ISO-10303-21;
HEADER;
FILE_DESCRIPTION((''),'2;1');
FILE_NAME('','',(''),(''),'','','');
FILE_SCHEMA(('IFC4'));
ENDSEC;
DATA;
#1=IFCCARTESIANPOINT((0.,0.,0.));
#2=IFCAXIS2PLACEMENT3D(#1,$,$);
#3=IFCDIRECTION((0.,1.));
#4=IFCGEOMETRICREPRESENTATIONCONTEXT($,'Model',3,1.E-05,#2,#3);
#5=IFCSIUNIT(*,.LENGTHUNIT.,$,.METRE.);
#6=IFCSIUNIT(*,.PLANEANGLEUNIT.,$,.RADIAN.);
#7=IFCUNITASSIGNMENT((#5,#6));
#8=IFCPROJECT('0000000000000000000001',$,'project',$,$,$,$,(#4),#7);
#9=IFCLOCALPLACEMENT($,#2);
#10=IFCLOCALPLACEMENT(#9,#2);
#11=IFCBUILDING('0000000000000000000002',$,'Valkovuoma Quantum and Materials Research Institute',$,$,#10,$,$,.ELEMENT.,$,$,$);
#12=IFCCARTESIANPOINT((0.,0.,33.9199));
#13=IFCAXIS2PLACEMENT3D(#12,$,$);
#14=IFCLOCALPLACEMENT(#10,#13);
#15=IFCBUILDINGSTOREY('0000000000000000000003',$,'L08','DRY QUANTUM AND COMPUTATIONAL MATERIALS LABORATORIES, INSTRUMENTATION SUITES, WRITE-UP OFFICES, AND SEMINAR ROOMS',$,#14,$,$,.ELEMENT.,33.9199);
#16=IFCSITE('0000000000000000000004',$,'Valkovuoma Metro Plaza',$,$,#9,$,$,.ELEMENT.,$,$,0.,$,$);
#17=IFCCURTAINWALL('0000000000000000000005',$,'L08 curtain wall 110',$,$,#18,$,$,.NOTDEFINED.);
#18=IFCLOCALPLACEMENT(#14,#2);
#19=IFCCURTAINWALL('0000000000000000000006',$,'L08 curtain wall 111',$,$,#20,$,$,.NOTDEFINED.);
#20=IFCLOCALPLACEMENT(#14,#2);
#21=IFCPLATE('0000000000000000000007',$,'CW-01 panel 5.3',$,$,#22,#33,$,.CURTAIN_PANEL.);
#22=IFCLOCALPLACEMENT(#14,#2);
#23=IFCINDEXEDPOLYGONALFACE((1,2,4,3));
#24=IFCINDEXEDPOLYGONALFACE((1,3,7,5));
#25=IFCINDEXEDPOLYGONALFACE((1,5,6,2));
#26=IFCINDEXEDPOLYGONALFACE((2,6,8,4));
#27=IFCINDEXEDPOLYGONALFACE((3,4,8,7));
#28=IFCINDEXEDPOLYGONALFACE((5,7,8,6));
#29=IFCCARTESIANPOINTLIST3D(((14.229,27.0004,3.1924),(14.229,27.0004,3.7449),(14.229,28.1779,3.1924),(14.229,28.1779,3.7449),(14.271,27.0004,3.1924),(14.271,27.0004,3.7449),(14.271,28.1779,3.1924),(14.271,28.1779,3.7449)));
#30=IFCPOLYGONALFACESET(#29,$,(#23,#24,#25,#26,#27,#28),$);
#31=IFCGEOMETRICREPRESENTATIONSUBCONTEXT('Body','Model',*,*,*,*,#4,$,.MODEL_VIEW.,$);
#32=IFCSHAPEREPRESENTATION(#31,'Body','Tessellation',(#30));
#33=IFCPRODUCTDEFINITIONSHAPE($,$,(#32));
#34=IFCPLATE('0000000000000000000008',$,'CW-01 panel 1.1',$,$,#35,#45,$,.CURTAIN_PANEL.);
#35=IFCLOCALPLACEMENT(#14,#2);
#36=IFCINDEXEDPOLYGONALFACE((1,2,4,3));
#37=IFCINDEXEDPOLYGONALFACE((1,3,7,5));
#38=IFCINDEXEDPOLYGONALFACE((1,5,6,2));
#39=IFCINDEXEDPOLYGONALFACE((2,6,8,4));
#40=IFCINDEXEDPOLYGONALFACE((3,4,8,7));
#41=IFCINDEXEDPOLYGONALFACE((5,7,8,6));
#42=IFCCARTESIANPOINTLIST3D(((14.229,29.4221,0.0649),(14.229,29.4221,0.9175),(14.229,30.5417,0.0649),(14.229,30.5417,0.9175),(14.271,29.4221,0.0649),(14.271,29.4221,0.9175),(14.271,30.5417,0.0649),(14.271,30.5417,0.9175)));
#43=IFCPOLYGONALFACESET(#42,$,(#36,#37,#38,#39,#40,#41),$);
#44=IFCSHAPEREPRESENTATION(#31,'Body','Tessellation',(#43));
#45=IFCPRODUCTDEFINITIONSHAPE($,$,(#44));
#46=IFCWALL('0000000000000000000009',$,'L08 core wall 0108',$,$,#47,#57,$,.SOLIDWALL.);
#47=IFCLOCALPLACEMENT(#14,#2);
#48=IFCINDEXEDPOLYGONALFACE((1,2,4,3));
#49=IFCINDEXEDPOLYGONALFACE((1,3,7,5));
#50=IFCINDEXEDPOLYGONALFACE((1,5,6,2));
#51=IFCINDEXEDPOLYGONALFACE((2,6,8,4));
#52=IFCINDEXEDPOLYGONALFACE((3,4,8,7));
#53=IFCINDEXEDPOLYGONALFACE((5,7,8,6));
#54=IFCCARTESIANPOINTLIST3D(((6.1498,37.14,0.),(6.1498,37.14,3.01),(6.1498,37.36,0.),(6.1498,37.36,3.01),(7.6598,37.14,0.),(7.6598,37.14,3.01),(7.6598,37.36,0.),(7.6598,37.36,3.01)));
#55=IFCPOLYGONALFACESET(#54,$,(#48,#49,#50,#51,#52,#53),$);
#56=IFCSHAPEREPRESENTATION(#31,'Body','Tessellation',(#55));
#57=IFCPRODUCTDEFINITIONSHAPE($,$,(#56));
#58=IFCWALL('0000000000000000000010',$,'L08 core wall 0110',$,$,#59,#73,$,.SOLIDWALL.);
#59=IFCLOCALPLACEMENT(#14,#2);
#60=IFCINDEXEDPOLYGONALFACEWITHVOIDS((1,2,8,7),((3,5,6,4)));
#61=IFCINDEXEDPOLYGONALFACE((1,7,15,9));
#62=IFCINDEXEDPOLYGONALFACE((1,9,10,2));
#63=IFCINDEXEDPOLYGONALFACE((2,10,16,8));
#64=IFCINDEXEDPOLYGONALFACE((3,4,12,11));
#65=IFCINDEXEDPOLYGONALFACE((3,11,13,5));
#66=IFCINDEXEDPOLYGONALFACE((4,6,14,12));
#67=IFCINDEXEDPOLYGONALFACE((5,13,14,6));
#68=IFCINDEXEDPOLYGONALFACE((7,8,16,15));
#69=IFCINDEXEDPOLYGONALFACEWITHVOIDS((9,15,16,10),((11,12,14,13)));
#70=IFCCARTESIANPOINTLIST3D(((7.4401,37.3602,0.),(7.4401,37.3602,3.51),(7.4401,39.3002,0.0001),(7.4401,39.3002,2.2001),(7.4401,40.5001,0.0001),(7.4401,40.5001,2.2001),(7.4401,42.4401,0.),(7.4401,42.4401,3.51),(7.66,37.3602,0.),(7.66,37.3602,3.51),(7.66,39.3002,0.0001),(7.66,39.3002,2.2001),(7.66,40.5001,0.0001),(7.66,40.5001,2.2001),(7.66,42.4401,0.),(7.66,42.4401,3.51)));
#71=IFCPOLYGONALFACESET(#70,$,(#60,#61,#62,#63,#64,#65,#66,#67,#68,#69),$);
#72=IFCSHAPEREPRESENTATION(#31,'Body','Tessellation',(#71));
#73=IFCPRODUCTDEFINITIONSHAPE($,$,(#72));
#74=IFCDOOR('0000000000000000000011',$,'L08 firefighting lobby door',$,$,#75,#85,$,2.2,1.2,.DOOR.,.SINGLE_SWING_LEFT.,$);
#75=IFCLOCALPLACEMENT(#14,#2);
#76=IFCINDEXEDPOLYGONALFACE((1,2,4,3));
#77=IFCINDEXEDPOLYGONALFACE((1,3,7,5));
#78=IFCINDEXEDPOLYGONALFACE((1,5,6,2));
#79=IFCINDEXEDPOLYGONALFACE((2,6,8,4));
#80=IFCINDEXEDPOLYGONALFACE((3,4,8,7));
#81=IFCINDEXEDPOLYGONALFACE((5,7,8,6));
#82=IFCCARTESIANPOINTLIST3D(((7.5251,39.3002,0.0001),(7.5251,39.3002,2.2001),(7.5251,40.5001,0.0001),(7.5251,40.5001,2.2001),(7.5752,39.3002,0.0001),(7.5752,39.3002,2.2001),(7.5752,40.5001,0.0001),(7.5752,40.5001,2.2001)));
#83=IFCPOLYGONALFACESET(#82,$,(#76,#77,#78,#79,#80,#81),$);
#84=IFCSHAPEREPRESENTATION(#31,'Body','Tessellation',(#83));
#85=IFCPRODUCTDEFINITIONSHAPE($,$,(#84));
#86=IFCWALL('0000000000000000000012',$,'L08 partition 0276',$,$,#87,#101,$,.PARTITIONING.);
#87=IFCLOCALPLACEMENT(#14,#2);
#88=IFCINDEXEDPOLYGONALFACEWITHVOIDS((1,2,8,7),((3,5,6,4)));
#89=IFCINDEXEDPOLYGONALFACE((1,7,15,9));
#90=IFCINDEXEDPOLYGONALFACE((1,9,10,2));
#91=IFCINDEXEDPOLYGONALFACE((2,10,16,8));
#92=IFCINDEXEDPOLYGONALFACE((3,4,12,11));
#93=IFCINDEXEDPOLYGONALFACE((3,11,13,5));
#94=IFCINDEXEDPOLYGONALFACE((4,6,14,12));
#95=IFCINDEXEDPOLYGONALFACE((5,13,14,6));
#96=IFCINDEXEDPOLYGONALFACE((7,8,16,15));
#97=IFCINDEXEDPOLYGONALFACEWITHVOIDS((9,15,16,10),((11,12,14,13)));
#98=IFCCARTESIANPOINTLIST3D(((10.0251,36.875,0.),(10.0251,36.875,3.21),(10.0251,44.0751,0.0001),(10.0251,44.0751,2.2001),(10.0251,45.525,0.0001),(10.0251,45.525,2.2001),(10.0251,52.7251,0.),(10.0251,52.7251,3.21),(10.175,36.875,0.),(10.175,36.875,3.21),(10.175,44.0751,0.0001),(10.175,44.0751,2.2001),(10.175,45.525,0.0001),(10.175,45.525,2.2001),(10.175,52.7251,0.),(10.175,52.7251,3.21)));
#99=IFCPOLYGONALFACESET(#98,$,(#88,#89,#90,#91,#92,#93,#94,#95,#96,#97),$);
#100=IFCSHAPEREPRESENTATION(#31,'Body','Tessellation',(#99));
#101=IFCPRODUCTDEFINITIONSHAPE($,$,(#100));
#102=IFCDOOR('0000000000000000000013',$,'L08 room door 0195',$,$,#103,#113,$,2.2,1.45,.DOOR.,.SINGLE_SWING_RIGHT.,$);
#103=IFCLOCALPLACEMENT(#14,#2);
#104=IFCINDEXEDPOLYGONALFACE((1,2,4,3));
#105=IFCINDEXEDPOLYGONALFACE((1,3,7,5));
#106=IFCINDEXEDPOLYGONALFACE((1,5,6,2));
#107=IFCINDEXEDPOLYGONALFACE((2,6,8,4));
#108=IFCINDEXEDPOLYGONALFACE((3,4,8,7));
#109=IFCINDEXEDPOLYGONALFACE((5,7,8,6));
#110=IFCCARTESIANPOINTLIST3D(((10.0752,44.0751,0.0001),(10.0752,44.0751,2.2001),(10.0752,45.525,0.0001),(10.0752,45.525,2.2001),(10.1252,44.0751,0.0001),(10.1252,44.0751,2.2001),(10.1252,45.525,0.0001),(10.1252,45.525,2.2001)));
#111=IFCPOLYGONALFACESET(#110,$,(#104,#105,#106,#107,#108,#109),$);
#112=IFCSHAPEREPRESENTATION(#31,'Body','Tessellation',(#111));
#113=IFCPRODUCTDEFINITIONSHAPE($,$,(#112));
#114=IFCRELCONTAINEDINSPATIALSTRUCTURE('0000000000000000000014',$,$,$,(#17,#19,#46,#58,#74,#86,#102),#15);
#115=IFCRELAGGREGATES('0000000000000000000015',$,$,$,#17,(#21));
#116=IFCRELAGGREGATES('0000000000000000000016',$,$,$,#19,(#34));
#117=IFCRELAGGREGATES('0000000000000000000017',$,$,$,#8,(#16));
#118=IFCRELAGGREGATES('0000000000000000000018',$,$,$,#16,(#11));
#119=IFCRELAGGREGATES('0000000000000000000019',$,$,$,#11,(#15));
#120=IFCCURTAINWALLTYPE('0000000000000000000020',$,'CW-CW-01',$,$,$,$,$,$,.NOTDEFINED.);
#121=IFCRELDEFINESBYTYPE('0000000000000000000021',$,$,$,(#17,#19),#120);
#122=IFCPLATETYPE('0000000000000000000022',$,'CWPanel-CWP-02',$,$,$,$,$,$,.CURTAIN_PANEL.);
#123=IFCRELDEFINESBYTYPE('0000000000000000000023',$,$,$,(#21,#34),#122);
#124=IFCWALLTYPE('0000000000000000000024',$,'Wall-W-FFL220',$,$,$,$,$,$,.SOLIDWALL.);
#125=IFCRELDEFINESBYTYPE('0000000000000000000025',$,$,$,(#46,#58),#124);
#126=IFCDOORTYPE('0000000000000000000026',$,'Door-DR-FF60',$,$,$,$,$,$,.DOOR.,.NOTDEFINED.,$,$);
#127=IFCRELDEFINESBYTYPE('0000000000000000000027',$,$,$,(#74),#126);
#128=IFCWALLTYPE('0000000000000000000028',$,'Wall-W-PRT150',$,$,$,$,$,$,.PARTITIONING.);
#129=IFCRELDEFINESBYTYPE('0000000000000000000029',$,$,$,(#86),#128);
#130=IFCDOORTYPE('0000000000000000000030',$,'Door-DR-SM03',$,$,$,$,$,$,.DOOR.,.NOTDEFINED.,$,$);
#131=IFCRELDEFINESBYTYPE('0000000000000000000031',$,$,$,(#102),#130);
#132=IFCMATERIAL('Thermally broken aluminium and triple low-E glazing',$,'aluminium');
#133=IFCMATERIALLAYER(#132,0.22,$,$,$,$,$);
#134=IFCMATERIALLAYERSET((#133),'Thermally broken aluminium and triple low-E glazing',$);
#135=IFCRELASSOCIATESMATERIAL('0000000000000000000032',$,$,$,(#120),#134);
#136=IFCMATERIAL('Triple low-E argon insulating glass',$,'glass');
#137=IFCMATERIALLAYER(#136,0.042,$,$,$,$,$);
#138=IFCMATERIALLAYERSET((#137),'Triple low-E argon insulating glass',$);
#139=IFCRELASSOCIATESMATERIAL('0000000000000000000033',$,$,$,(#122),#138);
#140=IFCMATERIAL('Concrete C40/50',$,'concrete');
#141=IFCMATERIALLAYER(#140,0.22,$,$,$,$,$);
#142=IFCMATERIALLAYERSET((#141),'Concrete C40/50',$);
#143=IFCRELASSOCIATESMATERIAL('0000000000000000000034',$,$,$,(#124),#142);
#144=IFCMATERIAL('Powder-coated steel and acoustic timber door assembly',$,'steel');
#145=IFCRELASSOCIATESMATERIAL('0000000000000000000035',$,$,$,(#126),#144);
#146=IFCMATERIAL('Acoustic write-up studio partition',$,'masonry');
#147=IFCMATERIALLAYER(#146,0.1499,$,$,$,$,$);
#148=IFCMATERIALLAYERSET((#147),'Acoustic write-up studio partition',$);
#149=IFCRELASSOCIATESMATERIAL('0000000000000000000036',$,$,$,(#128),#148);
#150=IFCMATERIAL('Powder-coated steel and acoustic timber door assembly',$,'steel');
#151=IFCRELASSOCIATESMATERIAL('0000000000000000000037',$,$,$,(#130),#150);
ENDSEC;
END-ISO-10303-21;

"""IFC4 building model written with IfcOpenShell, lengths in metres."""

from ifc_helpers import new_model, si_unit, direction, frame, frame_2d, origin, origin_2d, place, context, subcontext, project, spatial, rectangle, extrude, material, layer, layer_set, type_object, element, fill, aggregate, save


model = new_model("IFC4")

# Units and contexts
model_context = context("Model", 3, precision=1e-05, world=origin(), true_north=direction((0.0, 1.0)))
body_context = subcontext(model_context, "Body", "Model", "MODEL_VIEW")
ifc_project = project(units=[si_unit("LENGTHUNIT", "METRE"), si_unit("PLANEANGLEUNIT", "RADIAN")], contexts=[model_context])

# Site, building, storey
site_placement = place(None, origin())
site = spatial("IfcSite", under=ifc_project, at=site_placement, Name="Valkovuoma Metro Plaza", CompositionType="ELEMENT", RefElevation=0.0)
building_placement = place(site_placement, origin())
building = spatial("IfcBuilding", under=site, at=building_placement, Name="Valkovuoma Quantum and Materials Research Institute", CompositionType="ELEMENT")
storey_placement = place(building_placement, frame((0.0, 0.0, 33.9199)))
storey = spatial("IfcBuildingStorey", under=building, at=storey_placement, Name="L08", Description="DRY QUANTUM AND COMPUTATIONAL MATERIALS LABORATORIES, INSTRUMENTATION SUITES, WRITE-UP OFFICES, AND SEMINAR ROOMS", CompositionType="ELEMENT", Elevation=33.9199)

# Curtain wall
ifc_material_1 = material(Name="Thermally broken aluminium and triple low-E glazing", Category="aluminium")
ifc_layer_1 = layer(ifc_material_1, 0.22)
ifc_layer_set_1 = layer_set([ifc_layer_1], Name="Thermally broken aluminium and triple low-E glazing")
curtain_wall_type = type_object("IfcCurtainWallType", Name="CW-CW-01", PredefinedType="NOTDEFINED", material=ifc_layer_set_1)
curtain_wall_1_placement = place(storey_placement, origin())
curtain_wall_1 = element("IfcCurtainWall", 1, at=curtain_wall_1_placement, inside=storey, type_object=curtain_wall_type, Name="L08 curtain wall 110", PredefinedType="NOTDEFINED")

# Curtain wall
curtain_wall_2_placement = place(storey_placement, origin())
curtain_wall_2 = element("IfcCurtainWall", 2, at=curtain_wall_2_placement, inside=storey, type_object=curtain_wall_type, Name="L08 curtain wall 111", PredefinedType="NOTDEFINED")

# Plates
ifc_material_2 = material(Name="Triple low-E argon insulating glass", Category="glass")
ifc_layer_2 = layer(ifc_material_2, 0.042)
ifc_layer_set_2 = layer_set([ifc_layer_2], Name="Triple low-E argon insulating glass")
plate_type = type_object("IfcPlateType", Name="CWPanel-CWP-02", PredefinedType="CURTAIN_PANEL", material=ifc_layer_set_2)
plate_1_placement = place(storey_placement, frame((14.25, 27.5891, 3.1924), z_axis=(0.0, 0.0, 1.0), x_axis=(0.0, 1.0, 0.0)))
plate_1 = element("IfcPlate", 3, at=plate_1_placement, type_object=plate_type, Name="CW-01 panel 5.3", PredefinedType="CURTAIN_PANEL", context=body_context, shape_type="SweptSolid", body=[
    extrude(rectangle(XDim=1.1775, YDim=0.042, at=origin_2d()), origin(), (0.0, 0.0, 1.0), 0.5525),
])
aggregate(curtain_wall_1, [plate_1])
plate_2_placement = place(storey_placement, frame((14.25, 29.9819, 0.0649), z_axis=(0.0, 0.0, 1.0), x_axis=(0.0, 1.0, 0.0)))
plate_2 = element("IfcPlate", 4, at=plate_2_placement, type_object=plate_type, Name="CW-01 panel 1.1", PredefinedType="CURTAIN_PANEL", context=body_context, shape_type="SweptSolid", body=[
    extrude(rectangle(XDim=1.1196, YDim=0.042, at=origin_2d()), origin(), (0.0, 0.0, 1.0), 0.8525),
])
aggregate(curtain_wall_2, [plate_2])

# Wall
ifc_material_3 = material(Name="Concrete C40/50", Category="concrete")
ifc_layer_3 = layer(ifc_material_3, 0.22)
ifc_layer_set_3 = layer_set([ifc_layer_3], Name="Concrete C40/50")
wall_type_1 = type_object("IfcWallType", Name="Wall-W-FFL220", PredefinedType="SOLIDWALL", material=ifc_layer_set_3)
wall_1_placement = place(storey_placement, frame((6.1499, 37.25, 0.0), z_axis=(0.0, 0.0, 1.0), x_axis=(1.0, 0.0, 0.0)))
element("IfcWall", 5, at=wall_1_placement, inside=storey, type_object=wall_type_1, Name="L08 core wall 0108", PredefinedType="SOLIDWALL", context=body_context, shape_type="SweptSolid", body=[
    extrude(rectangle(XDim=1.51, YDim=0.22, at=frame_2d((0.7549, 0.0))), origin(), (0.0, 0.0, 1.0), 3.01),
])

# Walls, openings, doors
wall_2_placement = place(storey_placement, frame((7.55, 37.3601, 0.0), z_axis=(0.0, 0.0, 1.0), x_axis=(0.0, 1.0, 0.0)))
wall_2 = element("IfcWall", 6, at=wall_2_placement, inside=storey, type_object=wall_type_1, Name="L08 core wall 0110", PredefinedType="SOLIDWALL", context=body_context, shape_type="SweptSolid", body=[
    extrude(rectangle(XDim=5.0798, YDim=0.22, at=frame_2d((2.54, 0.0))), origin(), (0.0, 0.0, 1.0), 3.51),
])
opening_1_placement = place(wall_2_placement, frame((1.9399, 0.0, 0.0)))
opening_1 = element("IfcOpeningElement", 7, at=opening_1_placement, cuts=wall_2, PredefinedType="OPENING", context=body_context, shape_type="SweptSolid", body=[
    extrude(rectangle(XDim=1.2, YDim=2.2, at=frame_2d((0.6001, 1.1001))), frame((0.0, 0.1201, 0.0), z_axis=(0.0, -1.0, 0.0), x_axis=(1.0, 0.0, 0.0)), (0.0, 0.0, 1.0), 0.24),
])
ifc_material_4 = material(Name="Powder-coated steel and acoustic timber door assembly", Category="steel")
door_type_1 = type_object("IfcDoorType", Name="Door-DR-FF60", OperationType="NOTDEFINED", PredefinedType="DOOR", material=ifc_material_4)
door_1_placement = place(opening_1_placement, origin())
door_1 = element("IfcDoor", 8, at=door_1_placement, inside=storey, type_object=door_type_1, Name="L08 firefighting lobby door", OperationType="SINGLE_SWING_LEFT", OverallHeight=2.2, OverallWidth=1.2, PredefinedType="DOOR", context=body_context, shape_type="SweptSolid", body=[
    extrude(rectangle(XDim=1.2, YDim=2.2, at=frame_2d((0.6001, 1.1001))), frame((0.0, 0.0249, 0.0), z_axis=(0.0, -1.0, 0.0), x_axis=(1.0, 0.0, 0.0)), (0.0, 0.0, 1.0), 0.05),
])
fill(opening_1, door_1)
ifc_material_5 = material(Name="Acoustic write-up studio partition", Category="masonry")
ifc_layer_4 = layer(ifc_material_5, 0.1499)
ifc_layer_set_4 = layer_set([ifc_layer_4], Name="Acoustic write-up studio partition")
wall_type_2 = type_object("IfcWallType", Name="Wall-W-PRT150", PredefinedType="PARTITIONING", material=ifc_layer_set_4)
wall_3_placement = place(storey_placement, frame((10.1001, 36.875, 0.0), z_axis=(0.0, 0.0, 1.0), x_axis=(0.0, 1.0, 0.0)))
wall_3 = element("IfcWall", 9, at=wall_3_placement, inside=storey, type_object=wall_type_2, Name="L08 partition 0276", PredefinedType="PARTITIONING", context=body_context, shape_type="SweptSolid", body=[
    extrude(rectangle(XDim=15.8501, YDim=0.1499, at=frame_2d((7.925, 0.0))), origin(), (0.0, 0.0, 1.0), 3.21),
])
opening_2_placement = place(wall_3_placement, frame((7.2, 0.0, 0.0)))
opening_2 = element("IfcOpeningElement", 10, at=opening_2_placement, cuts=wall_3, PredefinedType="OPENING", context=body_context, shape_type="SweptSolid", body=[
    extrude(rectangle(XDim=1.45, YDim=2.2, at=frame_2d((0.7251, 1.1001))), frame((0.0, 0.085, 0.0), z_axis=(0.0, -1.0, 0.0), x_axis=(1.0, 0.0, 0.0)), (0.0, 0.0, 1.0), 0.1699),
])
ifc_material_6 = material(Name="Powder-coated steel and acoustic timber door assembly", Category="steel")
door_type_2 = type_object("IfcDoorType", Name="Door-DR-SM03", OperationType="NOTDEFINED", PredefinedType="DOOR", material=ifc_material_6)
door_2_placement = place(opening_2_placement, origin())
door_2 = element("IfcDoor", 11, at=door_2_placement, inside=storey, type_object=door_type_2, Name="L08 room door 0195", OperationType="SINGLE_SWING_RIGHT", OverallHeight=2.2, OverallWidth=1.45, PredefinedType="DOOR", context=body_context, shape_type="SweptSolid", body=[
    extrude(rectangle(XDim=1.45, YDim=2.2, at=frame_2d((0.7251, 1.1001))), frame((0.0, 0.0249, 0.0), z_axis=(0.0, -1.0, 0.0), x_axis=(1.0, 0.0, 0.0)), (0.0, 0.0, 1.0), 0.05),
])
fill(opening_2, door_2)

save(model, "model.ifc")
